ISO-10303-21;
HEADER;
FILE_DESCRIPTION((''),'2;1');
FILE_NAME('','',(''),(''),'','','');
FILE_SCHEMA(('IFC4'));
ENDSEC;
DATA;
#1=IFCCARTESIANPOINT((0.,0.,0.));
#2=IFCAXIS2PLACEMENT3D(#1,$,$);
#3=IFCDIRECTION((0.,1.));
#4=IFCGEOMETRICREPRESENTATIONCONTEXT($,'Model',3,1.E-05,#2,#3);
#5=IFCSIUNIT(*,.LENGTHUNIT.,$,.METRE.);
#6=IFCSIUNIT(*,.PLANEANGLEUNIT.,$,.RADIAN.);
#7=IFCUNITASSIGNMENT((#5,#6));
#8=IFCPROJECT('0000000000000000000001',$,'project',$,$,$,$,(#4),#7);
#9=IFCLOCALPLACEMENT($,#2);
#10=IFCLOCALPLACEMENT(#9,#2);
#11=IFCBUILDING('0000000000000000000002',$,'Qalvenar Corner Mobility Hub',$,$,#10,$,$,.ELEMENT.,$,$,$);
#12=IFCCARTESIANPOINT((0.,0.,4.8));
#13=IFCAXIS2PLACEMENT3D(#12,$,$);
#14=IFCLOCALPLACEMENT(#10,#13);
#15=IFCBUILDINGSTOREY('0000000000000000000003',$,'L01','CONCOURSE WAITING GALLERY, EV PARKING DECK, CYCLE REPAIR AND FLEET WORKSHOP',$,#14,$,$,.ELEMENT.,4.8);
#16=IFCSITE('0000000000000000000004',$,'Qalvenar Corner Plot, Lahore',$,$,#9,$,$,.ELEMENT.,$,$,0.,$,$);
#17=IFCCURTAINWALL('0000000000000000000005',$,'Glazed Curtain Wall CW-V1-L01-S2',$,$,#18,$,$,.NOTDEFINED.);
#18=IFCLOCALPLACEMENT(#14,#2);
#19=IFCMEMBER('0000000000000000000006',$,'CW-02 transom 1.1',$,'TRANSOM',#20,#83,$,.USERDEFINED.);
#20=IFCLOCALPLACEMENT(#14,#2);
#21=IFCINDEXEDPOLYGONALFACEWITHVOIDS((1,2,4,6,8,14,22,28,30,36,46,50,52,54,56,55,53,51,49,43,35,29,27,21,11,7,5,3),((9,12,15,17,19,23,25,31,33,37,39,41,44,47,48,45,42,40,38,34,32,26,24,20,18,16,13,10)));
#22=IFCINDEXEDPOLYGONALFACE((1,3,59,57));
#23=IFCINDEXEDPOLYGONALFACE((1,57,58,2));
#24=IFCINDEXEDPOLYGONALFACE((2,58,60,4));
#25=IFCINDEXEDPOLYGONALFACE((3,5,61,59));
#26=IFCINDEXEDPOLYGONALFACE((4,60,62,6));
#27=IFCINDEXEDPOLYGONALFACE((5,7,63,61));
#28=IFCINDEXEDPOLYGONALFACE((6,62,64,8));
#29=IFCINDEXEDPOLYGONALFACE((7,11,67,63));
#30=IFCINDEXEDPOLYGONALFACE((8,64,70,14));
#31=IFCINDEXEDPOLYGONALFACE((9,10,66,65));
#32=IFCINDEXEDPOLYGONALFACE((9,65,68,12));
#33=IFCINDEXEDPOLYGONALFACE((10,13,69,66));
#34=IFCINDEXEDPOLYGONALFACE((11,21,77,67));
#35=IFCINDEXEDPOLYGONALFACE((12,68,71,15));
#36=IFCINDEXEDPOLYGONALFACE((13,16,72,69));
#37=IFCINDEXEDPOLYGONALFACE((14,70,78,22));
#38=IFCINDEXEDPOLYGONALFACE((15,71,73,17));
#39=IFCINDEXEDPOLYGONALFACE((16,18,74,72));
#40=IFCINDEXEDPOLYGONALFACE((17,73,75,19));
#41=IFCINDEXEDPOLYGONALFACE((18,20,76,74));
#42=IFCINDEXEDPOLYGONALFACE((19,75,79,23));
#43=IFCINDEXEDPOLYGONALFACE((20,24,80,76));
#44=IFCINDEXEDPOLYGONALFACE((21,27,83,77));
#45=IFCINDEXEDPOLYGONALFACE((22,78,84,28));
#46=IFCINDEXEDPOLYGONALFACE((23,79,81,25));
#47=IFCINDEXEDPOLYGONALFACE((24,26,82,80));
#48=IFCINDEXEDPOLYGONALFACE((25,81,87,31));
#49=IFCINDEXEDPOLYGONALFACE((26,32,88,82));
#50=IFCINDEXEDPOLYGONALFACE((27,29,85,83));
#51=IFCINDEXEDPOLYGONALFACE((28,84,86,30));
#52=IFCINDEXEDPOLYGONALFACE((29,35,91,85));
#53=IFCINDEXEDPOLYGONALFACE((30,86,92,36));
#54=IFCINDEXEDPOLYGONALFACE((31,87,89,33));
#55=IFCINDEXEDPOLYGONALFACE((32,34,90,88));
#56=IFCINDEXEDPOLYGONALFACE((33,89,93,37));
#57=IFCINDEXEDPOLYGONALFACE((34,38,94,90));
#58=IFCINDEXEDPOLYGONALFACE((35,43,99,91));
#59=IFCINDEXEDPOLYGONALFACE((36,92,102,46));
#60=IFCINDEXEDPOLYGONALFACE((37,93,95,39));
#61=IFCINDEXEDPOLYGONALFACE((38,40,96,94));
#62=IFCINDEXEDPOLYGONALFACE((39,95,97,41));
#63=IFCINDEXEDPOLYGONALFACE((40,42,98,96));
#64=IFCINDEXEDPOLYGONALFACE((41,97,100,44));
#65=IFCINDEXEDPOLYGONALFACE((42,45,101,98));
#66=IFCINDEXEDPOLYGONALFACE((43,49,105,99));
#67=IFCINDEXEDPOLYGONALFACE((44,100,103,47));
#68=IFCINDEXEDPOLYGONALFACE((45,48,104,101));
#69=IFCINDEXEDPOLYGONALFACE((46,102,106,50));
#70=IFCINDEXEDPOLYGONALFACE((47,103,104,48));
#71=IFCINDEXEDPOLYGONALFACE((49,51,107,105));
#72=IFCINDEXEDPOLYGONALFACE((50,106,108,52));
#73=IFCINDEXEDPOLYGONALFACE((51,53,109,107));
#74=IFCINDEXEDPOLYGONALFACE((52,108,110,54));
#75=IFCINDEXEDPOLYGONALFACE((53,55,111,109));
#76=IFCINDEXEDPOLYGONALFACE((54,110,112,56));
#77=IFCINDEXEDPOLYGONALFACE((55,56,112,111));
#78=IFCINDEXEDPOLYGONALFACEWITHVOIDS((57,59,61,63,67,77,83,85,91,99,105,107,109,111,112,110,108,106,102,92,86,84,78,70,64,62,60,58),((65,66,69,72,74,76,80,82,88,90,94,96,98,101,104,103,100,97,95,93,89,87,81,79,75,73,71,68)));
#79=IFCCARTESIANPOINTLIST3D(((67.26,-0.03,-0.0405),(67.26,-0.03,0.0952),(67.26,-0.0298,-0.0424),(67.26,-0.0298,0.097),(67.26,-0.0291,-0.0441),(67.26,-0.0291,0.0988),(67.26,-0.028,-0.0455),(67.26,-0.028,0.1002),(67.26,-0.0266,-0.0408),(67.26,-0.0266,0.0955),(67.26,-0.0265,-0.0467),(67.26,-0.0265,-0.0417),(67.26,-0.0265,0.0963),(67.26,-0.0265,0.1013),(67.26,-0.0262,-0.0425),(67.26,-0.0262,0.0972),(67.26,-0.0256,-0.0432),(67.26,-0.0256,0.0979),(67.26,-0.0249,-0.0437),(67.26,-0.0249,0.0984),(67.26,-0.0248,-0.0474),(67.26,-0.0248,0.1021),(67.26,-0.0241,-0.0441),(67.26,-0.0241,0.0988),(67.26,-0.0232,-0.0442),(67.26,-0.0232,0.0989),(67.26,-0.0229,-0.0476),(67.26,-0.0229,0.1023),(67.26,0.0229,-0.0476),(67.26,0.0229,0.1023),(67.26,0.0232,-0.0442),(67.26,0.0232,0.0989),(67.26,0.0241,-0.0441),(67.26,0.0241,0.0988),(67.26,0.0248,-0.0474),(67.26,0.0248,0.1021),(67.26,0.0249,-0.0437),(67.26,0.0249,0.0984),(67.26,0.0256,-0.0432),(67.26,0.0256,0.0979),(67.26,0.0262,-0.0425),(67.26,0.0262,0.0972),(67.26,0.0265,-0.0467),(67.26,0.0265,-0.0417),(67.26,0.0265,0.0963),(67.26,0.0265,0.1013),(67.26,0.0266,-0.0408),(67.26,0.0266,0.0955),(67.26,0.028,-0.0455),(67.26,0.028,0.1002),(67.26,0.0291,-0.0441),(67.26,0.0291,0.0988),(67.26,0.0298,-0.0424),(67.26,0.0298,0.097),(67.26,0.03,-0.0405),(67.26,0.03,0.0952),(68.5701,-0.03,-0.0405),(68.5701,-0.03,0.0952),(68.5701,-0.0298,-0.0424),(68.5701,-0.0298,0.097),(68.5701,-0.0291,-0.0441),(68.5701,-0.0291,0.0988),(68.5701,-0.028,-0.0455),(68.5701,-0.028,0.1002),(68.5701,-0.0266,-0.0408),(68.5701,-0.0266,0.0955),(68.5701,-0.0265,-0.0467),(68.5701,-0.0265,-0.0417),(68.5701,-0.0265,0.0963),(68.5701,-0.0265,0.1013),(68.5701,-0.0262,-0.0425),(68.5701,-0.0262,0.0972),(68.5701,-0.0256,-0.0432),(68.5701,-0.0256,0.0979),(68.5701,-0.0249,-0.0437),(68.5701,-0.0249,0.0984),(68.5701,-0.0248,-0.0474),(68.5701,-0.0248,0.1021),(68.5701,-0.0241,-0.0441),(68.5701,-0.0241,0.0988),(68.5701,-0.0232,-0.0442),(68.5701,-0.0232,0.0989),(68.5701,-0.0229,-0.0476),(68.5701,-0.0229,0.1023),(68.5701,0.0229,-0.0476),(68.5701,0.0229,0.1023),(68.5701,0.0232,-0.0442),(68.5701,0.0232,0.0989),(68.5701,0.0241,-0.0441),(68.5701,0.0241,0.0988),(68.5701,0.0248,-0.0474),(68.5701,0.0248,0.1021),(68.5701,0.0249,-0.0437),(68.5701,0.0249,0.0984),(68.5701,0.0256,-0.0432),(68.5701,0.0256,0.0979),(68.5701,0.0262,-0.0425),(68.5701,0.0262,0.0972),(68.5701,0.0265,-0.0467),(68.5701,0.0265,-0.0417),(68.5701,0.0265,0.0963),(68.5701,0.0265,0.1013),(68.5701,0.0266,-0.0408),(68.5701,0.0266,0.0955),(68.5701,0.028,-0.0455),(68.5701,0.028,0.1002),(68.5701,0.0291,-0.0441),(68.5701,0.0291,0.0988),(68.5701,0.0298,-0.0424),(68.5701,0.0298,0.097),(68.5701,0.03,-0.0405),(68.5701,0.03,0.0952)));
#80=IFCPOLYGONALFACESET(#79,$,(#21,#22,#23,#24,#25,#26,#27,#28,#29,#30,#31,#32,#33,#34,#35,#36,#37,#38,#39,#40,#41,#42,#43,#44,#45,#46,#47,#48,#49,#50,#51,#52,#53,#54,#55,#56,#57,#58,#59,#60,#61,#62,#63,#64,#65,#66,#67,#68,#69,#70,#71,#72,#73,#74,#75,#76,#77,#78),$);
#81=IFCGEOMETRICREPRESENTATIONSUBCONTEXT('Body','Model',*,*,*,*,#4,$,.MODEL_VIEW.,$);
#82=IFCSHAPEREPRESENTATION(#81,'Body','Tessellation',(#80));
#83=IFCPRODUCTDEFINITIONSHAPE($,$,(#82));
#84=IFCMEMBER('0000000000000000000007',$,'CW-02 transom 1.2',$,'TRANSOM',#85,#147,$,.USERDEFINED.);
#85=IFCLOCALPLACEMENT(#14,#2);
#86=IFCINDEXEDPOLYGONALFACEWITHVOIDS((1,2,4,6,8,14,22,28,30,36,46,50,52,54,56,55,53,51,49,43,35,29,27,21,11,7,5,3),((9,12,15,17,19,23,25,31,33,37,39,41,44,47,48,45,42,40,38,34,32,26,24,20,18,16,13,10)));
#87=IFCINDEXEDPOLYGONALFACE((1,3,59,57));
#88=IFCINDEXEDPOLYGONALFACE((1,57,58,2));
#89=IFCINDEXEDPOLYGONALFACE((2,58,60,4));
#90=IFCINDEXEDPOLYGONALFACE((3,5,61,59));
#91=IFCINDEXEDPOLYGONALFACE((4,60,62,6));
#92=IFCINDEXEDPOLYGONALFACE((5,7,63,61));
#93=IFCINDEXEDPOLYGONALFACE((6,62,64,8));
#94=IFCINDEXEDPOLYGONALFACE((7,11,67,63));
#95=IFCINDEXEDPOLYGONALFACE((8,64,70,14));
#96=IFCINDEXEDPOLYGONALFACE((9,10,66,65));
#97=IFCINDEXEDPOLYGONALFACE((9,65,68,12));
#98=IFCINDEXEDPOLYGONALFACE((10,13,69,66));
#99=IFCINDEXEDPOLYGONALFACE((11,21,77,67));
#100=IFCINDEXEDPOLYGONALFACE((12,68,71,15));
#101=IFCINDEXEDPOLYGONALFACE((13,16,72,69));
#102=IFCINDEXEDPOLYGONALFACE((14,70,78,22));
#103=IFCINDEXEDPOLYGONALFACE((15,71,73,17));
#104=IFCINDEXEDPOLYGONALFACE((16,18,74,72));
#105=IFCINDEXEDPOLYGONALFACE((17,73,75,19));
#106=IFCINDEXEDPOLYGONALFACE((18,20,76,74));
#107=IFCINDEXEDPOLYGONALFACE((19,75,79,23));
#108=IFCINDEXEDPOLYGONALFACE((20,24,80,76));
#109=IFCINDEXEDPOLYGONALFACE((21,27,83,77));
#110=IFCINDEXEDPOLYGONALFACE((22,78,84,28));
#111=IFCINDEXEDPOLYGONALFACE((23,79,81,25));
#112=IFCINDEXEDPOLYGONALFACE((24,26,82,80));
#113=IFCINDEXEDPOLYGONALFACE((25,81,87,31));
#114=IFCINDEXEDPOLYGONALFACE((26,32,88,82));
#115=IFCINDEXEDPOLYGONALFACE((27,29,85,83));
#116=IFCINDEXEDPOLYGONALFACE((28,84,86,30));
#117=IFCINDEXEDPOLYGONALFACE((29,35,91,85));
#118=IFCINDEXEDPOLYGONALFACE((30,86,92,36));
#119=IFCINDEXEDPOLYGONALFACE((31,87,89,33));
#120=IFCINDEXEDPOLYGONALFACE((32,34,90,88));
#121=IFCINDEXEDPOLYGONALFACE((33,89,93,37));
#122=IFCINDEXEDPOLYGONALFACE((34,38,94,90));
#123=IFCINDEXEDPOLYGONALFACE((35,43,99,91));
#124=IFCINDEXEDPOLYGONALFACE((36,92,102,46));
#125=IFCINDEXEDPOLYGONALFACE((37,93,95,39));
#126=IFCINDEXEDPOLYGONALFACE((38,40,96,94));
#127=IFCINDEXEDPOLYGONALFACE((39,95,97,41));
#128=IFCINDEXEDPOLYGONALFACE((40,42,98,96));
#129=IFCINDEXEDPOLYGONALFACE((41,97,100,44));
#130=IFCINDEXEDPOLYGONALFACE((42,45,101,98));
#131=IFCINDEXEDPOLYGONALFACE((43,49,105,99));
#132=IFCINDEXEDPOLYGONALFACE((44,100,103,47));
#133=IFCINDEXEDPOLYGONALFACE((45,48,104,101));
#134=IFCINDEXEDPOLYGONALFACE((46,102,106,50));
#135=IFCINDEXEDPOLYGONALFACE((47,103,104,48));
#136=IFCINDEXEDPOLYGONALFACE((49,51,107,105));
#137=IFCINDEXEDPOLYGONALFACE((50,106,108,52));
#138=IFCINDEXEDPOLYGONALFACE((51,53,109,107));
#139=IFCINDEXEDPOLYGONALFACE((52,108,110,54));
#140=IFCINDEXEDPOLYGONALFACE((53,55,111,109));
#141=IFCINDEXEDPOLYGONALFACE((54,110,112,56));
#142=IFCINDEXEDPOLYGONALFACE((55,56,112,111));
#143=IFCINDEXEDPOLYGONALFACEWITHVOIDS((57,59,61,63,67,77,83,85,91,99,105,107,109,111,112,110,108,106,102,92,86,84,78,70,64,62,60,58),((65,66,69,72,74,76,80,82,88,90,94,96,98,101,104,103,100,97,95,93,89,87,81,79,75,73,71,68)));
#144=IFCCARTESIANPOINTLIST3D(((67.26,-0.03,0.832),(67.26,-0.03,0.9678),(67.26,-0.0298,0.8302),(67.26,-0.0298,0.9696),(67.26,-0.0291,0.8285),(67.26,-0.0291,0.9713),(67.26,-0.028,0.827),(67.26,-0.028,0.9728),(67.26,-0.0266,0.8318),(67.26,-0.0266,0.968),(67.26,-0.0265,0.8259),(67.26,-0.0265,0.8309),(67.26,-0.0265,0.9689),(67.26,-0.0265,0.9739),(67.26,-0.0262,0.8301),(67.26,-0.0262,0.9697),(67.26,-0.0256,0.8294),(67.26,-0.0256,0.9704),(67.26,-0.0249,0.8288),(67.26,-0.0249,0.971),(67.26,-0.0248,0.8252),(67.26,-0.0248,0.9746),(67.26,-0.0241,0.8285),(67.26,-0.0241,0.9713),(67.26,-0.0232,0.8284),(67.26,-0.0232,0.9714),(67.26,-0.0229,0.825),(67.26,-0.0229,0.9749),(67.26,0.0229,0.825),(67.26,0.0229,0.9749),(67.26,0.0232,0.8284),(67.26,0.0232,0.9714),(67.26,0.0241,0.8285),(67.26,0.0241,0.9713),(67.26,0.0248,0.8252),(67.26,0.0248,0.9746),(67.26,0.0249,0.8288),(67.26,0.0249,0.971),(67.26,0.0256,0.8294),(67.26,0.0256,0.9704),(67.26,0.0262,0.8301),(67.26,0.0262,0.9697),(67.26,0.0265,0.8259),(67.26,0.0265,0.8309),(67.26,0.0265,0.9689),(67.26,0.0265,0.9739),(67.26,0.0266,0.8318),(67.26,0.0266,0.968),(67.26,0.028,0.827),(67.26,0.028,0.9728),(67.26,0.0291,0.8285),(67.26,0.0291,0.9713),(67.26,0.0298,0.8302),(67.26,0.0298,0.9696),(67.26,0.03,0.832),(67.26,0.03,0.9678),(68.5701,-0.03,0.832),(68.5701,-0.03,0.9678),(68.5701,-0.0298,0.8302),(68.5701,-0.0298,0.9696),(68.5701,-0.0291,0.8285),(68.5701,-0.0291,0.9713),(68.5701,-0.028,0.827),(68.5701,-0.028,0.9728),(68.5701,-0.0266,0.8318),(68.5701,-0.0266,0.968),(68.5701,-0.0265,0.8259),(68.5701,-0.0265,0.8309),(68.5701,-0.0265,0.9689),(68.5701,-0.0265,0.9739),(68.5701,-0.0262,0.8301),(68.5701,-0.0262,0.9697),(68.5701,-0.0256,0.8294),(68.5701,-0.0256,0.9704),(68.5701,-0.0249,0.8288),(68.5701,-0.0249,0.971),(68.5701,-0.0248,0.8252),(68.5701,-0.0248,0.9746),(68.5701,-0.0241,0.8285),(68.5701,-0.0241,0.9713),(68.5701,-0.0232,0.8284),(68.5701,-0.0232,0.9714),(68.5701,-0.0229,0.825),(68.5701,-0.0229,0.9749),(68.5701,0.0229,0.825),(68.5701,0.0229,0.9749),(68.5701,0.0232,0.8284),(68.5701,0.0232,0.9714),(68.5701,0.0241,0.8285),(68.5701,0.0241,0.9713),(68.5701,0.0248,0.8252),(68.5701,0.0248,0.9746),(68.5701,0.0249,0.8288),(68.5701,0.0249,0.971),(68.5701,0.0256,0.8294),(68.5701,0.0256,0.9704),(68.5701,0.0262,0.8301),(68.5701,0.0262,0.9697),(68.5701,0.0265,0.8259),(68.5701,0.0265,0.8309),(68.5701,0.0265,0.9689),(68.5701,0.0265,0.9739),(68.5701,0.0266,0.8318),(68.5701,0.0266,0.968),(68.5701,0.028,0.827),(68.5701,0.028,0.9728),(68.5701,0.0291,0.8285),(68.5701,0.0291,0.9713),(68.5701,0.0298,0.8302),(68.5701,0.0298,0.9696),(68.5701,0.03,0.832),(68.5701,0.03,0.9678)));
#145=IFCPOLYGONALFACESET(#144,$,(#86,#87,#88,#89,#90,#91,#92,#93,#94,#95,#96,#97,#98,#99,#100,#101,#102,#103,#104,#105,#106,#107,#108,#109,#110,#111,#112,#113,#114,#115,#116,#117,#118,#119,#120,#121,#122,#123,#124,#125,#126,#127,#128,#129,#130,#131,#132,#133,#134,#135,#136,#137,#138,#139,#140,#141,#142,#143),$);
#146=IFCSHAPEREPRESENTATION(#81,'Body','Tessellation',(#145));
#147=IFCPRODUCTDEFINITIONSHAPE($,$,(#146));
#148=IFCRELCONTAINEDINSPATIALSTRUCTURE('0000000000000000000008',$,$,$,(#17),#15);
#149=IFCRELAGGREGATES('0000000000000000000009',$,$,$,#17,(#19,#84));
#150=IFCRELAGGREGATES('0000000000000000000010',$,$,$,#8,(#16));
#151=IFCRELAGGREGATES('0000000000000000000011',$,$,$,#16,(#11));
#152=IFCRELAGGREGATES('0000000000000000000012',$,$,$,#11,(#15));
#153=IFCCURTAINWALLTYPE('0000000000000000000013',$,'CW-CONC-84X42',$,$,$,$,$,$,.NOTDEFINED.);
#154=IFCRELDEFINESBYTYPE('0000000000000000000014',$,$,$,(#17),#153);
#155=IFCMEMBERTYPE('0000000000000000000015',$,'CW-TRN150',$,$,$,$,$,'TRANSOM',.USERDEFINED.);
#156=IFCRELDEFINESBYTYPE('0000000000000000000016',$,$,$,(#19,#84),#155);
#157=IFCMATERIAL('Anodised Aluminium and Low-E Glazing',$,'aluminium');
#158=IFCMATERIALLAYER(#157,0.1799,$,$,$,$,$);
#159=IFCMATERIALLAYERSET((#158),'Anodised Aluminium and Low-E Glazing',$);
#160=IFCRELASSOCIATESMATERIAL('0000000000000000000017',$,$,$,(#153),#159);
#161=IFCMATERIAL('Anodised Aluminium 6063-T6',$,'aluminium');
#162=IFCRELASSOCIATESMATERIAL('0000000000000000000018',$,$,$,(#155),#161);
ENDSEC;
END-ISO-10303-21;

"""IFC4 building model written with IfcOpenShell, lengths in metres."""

from ifc_helpers import new_model, si_unit, direction, frame, origin, origin_2d, place, context, subcontext, project, spatial, hollow_rectangle, extrude, material, layer, layer_set, material_profile, profile_set, type_object, element, aggregate, save


model = new_model("IFC4")

# Units and contexts
model_context = context("Model", 3, precision=1e-05, world=origin(), true_north=direction((0.0, 1.0)))
body_context = subcontext(model_context, "Body", "Model", "MODEL_VIEW")
ifc_project = project(units=[si_unit("LENGTHUNIT", "METRE"), si_unit("PLANEANGLEUNIT", "RADIAN")], contexts=[model_context])

# Site, building, storey
site_placement = place(None, origin())
site = spatial("IfcSite", under=ifc_project, at=site_placement, Name="Qalvenar Corner Plot, Lahore", CompositionType="ELEMENT", RefElevation=0.0)
building_placement = place(site_placement, origin())
building = spatial("IfcBuilding", under=site, at=building_placement, Name="Qalvenar Corner Mobility Hub", CompositionType="ELEMENT")
storey_placement = place(building_placement, frame((0.0, 0.0, 4.8)))
storey = spatial("IfcBuildingStorey", under=building, at=storey_placement, Name="L01", Description="CONCOURSE WAITING GALLERY, EV PARKING DECK, CYCLE REPAIR AND FLEET WORKSHOP", CompositionType="ELEMENT", Elevation=4.8)

# Curtain wall
ifc_material_1 = material(Name="Anodised Aluminium and Low-E Glazing", Category="aluminium")
ifc_layer_1 = layer(ifc_material_1, 0.1799)
ifc_layer_set_1 = layer_set([ifc_layer_1], Name="Anodised Aluminium and Low-E Glazing")
curtain_wall_type = type_object("IfcCurtainWallType", Name="CW-CONC-84X42", PredefinedType="NOTDEFINED", material=ifc_layer_set_1)
ifc_material_2 = material(Name="Anodised Aluminium 6063-T6", Category="aluminium")
curtain_wall_1_placement = place(storey_placement, origin())
curtain_wall_1 = element("IfcCurtainWall", 1, at=curtain_wall_1_placement, inside=storey, type_object=curtain_wall_type, Name="Glazed Curtain Wall CW-V1-L01-S2", PredefinedType="NOTDEFINED")

# Members
ifc_material_profile_1 = material_profile(ifc_material_2, hollow_rectangle(XDim=0.0601, YDim=0.1499, WallThickness=0.0034, InnerFilletRadius=0.0034, OuterFilletRadius=0.0071, at=origin_2d()), Name="RHS150x60x3.5")
ifc_profile_set_1 = profile_set([ifc_material_profile_1], Name="Anodised Aluminium 6063-T6")
member_type_1 = type_object("IfcMemberType", Name="CW-TRN150", ElementType="TRANSOM", PredefinedType="USERDEFINED", material=ifc_profile_set_1)
member_1_placement = place(storey_placement, frame((67.26, 0.0, 0.0273), z_axis=(1.0, 0.0, 0.0), x_axis=(0.0, 1.0, 0.0)))
member_1 = element("IfcMember", 2, at=member_1_placement, type_object=member_type_1, Name="CW-02 transom 1.1", ObjectType="TRANSOM", PredefinedType="USERDEFINED", context=body_context, shape_type="SweptSolid", body=[
    extrude(hollow_rectangle(XDim=0.0601, YDim=0.1499, WallThickness=0.0034, InnerFilletRadius=0.0034, OuterFilletRadius=0.0071, at=origin_2d()), origin(), (0.0, 0.0, 1.0), 1.3101),
])
member_2_placement = place(storey_placement, frame((67.26, 0.0, 0.8999), z_axis=(1.0, 0.0, 0.0), x_axis=(0.0, 1.0, 0.0)))
member_2 = element("IfcMember", 3, at=member_2_placement, type_object=member_type_1, Name="CW-02 transom 1.2", ObjectType="TRANSOM", PredefinedType="USERDEFINED", context=body_context, shape_type="SweptSolid", body=[
    extrude(hollow_rectangle(XDim=0.0601, YDim=0.1499, WallThickness=0.0034, InnerFilletRadius=0.0034, OuterFilletRadius=0.0071, at=origin_2d()), origin(), (0.0, 0.0, 1.0), 1.3101),
])

aggregate(curtain_wall_1, [member_1, member_2])

save(model, "model.ifc")
